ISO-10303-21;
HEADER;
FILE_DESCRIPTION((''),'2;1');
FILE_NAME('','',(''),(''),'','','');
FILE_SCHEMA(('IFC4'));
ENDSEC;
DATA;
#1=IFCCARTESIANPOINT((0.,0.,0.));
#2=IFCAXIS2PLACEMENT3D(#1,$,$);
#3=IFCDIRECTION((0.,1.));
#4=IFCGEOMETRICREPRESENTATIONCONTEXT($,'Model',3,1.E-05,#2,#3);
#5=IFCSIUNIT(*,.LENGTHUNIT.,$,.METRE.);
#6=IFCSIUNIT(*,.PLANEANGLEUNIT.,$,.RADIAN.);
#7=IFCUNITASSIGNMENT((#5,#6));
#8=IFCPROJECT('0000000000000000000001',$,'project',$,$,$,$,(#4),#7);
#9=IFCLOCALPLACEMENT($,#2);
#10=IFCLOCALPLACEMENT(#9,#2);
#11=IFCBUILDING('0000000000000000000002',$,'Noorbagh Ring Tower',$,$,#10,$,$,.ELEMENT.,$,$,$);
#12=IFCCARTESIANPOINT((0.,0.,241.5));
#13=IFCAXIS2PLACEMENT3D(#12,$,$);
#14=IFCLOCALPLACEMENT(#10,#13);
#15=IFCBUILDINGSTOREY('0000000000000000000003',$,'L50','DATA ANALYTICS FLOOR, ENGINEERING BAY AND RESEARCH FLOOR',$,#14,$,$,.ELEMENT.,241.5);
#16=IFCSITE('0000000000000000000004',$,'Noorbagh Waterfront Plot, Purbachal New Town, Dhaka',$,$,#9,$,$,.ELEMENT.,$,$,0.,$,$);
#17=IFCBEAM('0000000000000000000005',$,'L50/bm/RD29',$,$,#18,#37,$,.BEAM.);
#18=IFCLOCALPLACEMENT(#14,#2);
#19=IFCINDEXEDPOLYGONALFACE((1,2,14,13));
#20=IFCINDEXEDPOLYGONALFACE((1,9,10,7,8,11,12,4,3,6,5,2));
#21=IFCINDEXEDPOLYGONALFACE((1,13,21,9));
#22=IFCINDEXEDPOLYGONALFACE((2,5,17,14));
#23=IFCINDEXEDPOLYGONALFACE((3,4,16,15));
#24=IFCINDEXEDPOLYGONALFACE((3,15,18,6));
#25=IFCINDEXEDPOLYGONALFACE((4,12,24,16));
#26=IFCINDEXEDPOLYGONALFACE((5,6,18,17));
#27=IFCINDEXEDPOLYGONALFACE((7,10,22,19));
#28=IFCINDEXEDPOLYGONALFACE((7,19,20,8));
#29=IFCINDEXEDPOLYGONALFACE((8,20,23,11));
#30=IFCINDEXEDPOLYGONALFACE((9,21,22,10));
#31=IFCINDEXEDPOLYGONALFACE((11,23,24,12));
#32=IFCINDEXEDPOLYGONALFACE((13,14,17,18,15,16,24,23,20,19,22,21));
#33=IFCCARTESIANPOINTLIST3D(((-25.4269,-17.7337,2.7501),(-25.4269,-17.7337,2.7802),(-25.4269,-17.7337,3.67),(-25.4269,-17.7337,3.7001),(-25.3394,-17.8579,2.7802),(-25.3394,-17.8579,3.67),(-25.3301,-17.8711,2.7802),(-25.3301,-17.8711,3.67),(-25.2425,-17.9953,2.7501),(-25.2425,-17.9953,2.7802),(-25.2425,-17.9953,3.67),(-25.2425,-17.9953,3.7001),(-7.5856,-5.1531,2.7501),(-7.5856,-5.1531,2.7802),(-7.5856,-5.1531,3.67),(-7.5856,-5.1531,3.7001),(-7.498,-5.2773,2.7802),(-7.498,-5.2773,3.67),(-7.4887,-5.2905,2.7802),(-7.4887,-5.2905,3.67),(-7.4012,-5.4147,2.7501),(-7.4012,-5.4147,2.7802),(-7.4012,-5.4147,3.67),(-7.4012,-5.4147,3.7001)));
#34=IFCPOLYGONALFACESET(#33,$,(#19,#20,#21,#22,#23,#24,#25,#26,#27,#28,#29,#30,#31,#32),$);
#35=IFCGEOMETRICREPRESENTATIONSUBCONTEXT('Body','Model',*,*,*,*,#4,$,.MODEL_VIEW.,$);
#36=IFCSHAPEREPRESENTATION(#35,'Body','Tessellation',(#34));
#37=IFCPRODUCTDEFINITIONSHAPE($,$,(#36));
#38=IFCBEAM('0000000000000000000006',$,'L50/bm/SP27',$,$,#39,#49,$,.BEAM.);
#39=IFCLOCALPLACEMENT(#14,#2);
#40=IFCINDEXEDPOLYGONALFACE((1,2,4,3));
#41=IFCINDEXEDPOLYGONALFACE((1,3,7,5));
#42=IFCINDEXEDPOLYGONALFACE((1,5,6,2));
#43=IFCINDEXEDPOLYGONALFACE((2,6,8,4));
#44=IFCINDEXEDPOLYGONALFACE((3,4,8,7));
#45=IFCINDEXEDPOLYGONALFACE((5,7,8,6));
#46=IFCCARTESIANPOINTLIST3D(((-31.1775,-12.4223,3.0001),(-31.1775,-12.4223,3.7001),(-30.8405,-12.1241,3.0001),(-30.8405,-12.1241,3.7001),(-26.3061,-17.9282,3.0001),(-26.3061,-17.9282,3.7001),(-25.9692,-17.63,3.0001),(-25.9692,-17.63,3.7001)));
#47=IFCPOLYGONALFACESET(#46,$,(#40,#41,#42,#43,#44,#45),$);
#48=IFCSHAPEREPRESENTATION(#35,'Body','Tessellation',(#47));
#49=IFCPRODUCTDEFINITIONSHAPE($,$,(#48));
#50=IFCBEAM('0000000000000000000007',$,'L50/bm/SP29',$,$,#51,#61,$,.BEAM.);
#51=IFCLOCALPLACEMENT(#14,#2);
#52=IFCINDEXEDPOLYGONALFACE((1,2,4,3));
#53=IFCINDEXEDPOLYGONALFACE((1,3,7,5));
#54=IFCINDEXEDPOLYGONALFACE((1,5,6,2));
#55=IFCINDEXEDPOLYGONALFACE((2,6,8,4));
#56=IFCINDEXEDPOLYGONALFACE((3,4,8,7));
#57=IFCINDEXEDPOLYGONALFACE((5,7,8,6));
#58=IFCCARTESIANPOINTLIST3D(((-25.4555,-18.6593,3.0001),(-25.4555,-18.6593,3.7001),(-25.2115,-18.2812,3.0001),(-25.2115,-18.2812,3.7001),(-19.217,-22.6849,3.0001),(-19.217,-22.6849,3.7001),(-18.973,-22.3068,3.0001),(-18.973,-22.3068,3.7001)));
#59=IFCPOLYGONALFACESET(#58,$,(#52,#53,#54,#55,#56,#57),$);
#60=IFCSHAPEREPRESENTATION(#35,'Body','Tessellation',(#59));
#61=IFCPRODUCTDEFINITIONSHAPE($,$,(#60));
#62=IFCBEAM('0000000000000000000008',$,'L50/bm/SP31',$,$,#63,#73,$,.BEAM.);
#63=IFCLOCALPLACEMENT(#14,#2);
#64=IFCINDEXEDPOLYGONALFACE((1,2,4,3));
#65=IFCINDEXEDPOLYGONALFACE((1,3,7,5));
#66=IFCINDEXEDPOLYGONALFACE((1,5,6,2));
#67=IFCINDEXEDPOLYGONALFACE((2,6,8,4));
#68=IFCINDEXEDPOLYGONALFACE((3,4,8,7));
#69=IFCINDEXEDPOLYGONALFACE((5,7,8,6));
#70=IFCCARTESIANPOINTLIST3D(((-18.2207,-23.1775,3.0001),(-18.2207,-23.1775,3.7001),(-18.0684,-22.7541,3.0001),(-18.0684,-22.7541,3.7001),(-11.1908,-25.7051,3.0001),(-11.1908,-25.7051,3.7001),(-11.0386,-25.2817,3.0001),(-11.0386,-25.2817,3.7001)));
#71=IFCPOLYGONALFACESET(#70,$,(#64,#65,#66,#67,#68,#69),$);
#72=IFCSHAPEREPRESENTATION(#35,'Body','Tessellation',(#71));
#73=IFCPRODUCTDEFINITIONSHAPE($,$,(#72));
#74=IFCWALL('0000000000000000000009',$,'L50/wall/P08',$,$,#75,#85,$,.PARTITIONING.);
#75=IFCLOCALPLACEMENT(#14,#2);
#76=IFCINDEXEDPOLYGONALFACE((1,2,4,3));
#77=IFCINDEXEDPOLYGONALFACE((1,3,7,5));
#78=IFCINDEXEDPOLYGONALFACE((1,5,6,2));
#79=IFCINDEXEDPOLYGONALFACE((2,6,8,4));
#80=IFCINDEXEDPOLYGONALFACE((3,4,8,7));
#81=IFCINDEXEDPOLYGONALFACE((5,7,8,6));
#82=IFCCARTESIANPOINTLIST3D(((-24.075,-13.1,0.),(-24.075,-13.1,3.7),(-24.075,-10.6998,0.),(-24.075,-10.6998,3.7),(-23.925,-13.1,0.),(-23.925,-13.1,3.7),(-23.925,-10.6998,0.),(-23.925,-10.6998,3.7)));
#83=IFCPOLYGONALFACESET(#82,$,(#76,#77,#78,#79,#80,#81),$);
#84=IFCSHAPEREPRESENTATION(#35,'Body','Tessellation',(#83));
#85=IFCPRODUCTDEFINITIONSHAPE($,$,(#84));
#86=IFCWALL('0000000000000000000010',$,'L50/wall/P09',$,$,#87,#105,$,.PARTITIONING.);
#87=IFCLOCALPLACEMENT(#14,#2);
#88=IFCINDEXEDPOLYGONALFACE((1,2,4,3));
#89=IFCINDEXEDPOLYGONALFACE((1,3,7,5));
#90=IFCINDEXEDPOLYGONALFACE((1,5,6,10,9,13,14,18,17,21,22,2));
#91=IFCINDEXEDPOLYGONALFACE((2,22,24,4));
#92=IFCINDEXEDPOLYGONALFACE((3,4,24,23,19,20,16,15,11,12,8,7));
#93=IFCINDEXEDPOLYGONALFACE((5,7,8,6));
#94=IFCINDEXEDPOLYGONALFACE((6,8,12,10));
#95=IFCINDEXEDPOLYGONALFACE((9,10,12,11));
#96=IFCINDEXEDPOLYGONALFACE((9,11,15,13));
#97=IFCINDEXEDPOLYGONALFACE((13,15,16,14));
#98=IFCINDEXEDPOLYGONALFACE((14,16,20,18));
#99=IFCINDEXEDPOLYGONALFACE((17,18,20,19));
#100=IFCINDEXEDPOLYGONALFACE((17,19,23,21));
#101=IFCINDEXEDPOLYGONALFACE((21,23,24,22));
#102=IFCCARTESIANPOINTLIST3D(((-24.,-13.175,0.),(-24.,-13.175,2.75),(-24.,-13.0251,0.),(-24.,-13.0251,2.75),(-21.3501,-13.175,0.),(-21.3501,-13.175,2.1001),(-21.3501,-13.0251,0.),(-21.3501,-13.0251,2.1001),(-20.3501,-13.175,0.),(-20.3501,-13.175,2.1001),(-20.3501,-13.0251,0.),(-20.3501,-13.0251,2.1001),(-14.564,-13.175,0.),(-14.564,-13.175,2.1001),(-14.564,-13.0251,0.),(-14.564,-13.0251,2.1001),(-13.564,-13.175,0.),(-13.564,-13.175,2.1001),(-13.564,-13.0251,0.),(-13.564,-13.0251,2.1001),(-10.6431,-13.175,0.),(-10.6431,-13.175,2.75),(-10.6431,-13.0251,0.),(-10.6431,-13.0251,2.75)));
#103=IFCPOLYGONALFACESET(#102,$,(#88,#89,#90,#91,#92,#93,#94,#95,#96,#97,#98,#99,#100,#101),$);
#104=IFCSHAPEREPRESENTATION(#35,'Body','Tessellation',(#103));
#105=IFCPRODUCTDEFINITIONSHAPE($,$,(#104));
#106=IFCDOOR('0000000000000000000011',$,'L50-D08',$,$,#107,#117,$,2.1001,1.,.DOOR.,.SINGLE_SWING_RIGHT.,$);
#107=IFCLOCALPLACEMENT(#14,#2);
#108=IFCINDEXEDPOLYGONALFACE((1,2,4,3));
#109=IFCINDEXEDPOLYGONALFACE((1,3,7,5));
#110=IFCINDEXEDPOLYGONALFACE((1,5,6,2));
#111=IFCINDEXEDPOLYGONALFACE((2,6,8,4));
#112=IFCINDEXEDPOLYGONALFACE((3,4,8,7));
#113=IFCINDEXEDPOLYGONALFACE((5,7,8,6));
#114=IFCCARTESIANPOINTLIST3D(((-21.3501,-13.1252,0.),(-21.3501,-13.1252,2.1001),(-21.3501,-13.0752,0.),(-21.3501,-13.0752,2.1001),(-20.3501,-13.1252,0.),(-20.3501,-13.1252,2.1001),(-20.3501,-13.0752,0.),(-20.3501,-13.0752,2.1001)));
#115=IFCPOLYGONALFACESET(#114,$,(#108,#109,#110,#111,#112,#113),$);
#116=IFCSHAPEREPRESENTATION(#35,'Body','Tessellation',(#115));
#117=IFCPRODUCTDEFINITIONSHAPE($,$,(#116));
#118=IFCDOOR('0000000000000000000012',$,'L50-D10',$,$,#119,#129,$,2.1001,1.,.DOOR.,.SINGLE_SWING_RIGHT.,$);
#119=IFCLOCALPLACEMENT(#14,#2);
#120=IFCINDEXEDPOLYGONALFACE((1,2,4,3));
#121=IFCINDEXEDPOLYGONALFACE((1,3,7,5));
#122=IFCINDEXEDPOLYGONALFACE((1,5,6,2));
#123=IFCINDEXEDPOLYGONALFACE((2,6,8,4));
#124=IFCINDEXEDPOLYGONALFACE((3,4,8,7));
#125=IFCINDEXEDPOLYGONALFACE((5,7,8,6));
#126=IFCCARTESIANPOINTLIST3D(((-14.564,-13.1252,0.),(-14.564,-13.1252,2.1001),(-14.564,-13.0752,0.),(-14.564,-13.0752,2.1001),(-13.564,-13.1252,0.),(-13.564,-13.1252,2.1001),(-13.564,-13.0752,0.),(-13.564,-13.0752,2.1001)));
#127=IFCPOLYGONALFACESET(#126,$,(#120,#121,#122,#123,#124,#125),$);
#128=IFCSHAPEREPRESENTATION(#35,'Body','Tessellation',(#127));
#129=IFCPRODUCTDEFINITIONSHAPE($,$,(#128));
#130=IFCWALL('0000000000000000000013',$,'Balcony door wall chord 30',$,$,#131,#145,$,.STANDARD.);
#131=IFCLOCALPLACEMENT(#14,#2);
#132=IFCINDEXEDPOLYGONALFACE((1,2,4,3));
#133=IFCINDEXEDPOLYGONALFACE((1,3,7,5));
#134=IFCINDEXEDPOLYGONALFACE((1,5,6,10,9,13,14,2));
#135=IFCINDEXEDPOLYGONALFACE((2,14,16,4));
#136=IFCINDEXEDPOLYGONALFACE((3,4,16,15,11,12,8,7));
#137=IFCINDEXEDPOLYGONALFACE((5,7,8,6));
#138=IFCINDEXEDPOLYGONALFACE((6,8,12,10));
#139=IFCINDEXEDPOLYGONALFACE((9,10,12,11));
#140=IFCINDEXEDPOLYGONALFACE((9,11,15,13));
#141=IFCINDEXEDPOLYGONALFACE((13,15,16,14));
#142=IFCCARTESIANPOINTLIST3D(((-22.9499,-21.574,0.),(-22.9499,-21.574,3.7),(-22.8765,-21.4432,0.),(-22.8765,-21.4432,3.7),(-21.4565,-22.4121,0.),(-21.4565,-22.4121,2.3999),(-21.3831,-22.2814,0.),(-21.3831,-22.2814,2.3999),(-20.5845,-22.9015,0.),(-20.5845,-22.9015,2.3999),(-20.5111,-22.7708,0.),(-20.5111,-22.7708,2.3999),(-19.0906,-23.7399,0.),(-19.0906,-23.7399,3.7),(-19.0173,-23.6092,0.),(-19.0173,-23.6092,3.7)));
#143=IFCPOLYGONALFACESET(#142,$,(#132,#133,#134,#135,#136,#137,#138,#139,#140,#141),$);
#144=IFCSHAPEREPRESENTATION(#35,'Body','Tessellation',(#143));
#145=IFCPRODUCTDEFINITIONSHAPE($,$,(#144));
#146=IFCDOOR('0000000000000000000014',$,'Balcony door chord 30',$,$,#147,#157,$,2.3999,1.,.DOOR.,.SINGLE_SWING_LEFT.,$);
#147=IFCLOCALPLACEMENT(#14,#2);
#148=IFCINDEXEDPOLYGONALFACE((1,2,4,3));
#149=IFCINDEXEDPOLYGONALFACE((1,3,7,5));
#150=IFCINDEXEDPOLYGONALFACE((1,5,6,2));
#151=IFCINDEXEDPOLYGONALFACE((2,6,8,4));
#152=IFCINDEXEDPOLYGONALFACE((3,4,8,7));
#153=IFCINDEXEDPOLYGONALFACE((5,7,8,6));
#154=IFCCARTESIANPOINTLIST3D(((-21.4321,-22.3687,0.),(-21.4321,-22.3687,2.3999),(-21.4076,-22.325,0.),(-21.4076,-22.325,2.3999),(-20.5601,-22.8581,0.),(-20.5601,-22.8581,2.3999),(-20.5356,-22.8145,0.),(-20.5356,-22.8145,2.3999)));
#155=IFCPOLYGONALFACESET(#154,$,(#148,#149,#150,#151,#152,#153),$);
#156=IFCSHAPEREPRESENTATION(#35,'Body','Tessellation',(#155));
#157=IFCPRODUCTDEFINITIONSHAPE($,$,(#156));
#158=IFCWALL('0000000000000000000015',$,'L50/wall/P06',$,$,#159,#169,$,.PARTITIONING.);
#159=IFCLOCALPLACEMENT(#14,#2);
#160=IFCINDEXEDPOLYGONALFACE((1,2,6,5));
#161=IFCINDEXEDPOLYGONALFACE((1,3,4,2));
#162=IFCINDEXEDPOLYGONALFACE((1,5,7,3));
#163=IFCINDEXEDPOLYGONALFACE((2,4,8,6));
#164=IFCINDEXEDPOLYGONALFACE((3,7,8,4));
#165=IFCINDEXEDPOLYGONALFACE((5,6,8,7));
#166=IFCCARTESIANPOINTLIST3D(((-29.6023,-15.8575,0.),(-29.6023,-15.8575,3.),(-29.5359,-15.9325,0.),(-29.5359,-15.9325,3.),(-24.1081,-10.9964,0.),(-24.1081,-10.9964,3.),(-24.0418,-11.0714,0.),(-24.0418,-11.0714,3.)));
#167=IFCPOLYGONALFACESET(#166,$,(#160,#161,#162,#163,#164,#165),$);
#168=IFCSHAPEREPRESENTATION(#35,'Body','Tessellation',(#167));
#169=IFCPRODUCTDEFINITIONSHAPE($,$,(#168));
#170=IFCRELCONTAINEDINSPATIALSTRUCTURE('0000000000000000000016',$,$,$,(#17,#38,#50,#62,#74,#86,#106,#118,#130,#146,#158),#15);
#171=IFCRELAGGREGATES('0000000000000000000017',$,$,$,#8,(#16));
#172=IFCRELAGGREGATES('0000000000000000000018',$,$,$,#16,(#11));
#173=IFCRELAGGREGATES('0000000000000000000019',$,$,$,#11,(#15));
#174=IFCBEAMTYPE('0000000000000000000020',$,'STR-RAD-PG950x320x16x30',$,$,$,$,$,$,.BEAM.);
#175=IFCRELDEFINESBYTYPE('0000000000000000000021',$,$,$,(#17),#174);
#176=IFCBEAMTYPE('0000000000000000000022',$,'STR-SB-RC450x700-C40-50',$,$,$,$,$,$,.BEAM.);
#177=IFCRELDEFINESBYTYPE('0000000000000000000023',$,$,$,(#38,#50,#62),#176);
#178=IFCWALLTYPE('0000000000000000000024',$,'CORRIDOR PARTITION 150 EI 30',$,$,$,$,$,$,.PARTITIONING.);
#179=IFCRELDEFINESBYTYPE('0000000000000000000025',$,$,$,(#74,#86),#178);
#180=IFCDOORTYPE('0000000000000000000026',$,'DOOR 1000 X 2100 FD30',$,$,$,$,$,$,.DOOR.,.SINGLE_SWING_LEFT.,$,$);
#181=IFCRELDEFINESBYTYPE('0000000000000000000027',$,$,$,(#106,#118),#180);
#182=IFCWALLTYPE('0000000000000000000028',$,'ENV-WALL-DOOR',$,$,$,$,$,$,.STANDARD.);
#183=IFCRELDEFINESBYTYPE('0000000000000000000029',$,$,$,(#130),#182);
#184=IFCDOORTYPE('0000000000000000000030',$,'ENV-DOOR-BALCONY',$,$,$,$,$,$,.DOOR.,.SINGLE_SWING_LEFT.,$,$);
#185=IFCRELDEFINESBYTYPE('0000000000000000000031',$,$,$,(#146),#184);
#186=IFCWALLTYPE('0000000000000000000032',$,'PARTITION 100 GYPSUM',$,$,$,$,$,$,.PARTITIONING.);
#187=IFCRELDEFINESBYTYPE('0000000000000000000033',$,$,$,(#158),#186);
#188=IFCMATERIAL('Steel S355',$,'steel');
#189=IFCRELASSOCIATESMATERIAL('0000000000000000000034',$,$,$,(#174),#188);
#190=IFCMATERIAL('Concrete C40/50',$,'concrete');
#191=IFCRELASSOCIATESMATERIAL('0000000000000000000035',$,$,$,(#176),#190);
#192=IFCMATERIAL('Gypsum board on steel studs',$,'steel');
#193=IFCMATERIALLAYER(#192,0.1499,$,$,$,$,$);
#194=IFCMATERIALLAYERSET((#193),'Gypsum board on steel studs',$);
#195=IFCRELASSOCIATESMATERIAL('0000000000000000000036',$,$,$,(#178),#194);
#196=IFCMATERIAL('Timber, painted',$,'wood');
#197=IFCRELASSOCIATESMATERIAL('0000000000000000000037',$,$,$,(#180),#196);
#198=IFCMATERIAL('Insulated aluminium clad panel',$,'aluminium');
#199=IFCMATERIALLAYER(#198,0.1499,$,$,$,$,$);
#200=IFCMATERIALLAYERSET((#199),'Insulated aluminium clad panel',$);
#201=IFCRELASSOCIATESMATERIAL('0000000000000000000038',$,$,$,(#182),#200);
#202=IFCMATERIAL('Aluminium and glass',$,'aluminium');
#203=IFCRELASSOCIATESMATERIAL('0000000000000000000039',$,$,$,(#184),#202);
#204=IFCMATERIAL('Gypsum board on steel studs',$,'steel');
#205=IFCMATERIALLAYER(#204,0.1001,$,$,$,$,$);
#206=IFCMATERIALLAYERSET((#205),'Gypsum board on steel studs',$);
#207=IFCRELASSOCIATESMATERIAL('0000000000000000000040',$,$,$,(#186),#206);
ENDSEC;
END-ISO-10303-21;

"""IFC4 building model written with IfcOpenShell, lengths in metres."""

from ifc_helpers import new_model, si_unit, direction, frame, frame_2d, origin, origin_2d, place, context, subcontext, project, spatial, rectangle, i_section, extrude, material, layer, layer_set, material_profile, profile_set, type_object, element, fill, save


model = new_model("IFC4")

# Units and contexts
model_context = context("Model", 3, precision=1e-05, world=origin(), true_north=direction((0.0, 1.0)))
body_context = subcontext(model_context, "Body", "Model", "MODEL_VIEW")
ifc_project = project(units=[si_unit("LENGTHUNIT", "METRE"), si_unit("PLANEANGLEUNIT", "RADIAN")], contexts=[model_context])

# Site, building, storey
site_placement = place(None, origin())
site = spatial("IfcSite", under=ifc_project, at=site_placement, Name="Noorbagh Waterfront Plot, Purbachal New Town, Dhaka", CompositionType="ELEMENT", RefElevation=0.0)
building_placement = place(site_placement, origin())
building = spatial("IfcBuilding", under=site, at=building_placement, Name="Noorbagh Ring Tower", CompositionType="ELEMENT")
storey_placement = place(building_placement, frame((0.0, 0.0, 241.5)))
storey = spatial("IfcBuildingStorey", under=building, at=storey_placement, Name="L50", Description="DATA ANALYTICS FLOOR, ENGINEERING BAY AND RESEARCH FLOOR", CompositionType="ELEMENT", Elevation=241.5)

# Beams
ifc_material_1 = material(Name="Steel S355", Category="steel")
ifc_material_profile_1 = material_profile(ifc_material_1, i_section(OverallWidth=0.3201, OverallDepth=0.95, WebThickness=0.0161, FlangeThickness=0.03, at=origin_2d()), Name="PG950x320x16x30")
ifc_profile_set_1 = profile_set([ifc_material_profile_1], Name="Steel S355")
beam_type_1 = type_object("IfcBeamType", Name="STR-RAD-PG950x320x16x30", PredefinedType="BEAM", material=ifc_profile_set_1)
beam_1_placement = place(storey_placement, frame((-25.3347, -17.8645, 3.2251), z_axis=(0.817255, 0.576277, 0.0), x_axis=(-0.576277, 0.817255, 0.0)))
element("IfcBeam", 1, at=beam_1_placement, inside=storey, type_object=beam_type_1, Name="L50/bm/RD29", PredefinedType="BEAM", context=body_context, shape_type="SweptSolid", body=[
    extrude(i_section(OverallWidth=0.3201, OverallDepth=0.95, WebThickness=0.0161, FlangeThickness=0.03, at=origin_2d()), origin(), (0.0, 0.0, 1.0), 21.8308),
])
ifc_material_2 = material(Name="Concrete C40/50", Category="concrete")
ifc_material_profile_2 = material_profile(ifc_material_2, rectangle(XDim=0.45, YDim=0.7, at=origin_2d()), Name="RC450x700")
ifc_profile_set_2 = profile_set([ifc_material_profile_2], Name="Concrete C40/50")
beam_type_2 = type_object("IfcBeamType", Name="STR-SB-RC450x700-C40-50", PredefinedType="BEAM", material=ifc_profile_set_2)
beam_2_placement = place(storey_placement, frame((-31.009, -12.2732, 3.3501), z_axis=(0.662633, -0.748945, 0.0), x_axis=(0.748945, 0.662633, 0.0)))
element("IfcBeam", 2, at=beam_2_placement, inside=storey, type_object=beam_type_2, Name="L50/bm/SP27", PredefinedType="BEAM", context=body_context, shape_type="SweptSolid", body=[
    extrude(rectangle(XDim=0.45, YDim=0.7, at=origin_2d()), origin(), (0.0, 0.0, 1.0), 7.3516),
])
beam_3_placement = place(storey_placement, frame((-25.3335, -18.4702, 3.3501), z_axis=(0.840249, -0.542201, 0.0), x_axis=(0.542201, 0.840249, 0.0)))
element("IfcBeam", 3, at=beam_3_placement, inside=storey, type_object=beam_type_2, Name="L50/bm/SP29", PredefinedType="BEAM", context=body_context, shape_type="SweptSolid", body=[
    extrude(rectangle(XDim=0.45, YDim=0.7, at=origin_2d()), origin(), (0.0, 0.0, 1.0), 7.4246),
])
beam_4_placement = place(storey_placement, frame((-18.1445, -22.9658, 3.3501), z_axis=(0.941021, -0.338348, 0.0), x_axis=(0.338348, 0.941021, 0.0)))
element("IfcBeam", 4, at=beam_4_placement, inside=storey, type_object=beam_type_2, Name="L50/bm/SP31", PredefinedType="BEAM", context=body_context, shape_type="SweptSolid", body=[
    extrude(rectangle(XDim=0.45, YDim=0.7, at=origin_2d()), origin(), (0.0, 0.0, 1.0), 7.4705),
])

# Wall
ifc_material_3 = material(Name="Gypsum board on steel studs", Category="steel")
ifc_layer_1 = layer(ifc_material_3, 0.1499)
ifc_layer_set_1 = layer_set([ifc_layer_1], Name="Gypsum board on steel studs")
wall_type_1 = type_object("IfcWallType", Name="CORRIDOR PARTITION 150 EI 30", PredefinedType="PARTITIONING", material=ifc_layer_set_1)
wall_1_placement = place(storey_placement, frame((-24.0, -13.1001, 0.0), z_axis=(0.0, 0.0, 1.0), x_axis=(0.0, 1.0, 0.0)))
element("IfcWall", 5, at=wall_1_placement, inside=storey, type_object=wall_type_1, Name="L50/wall/P08", PredefinedType="PARTITIONING", context=body_context, shape_type="SweptSolid", body=[
    extrude(rectangle(XDim=2.4001, YDim=0.1499, at=frame_2d((1.2002, 0.0))), origin(), (0.0, 0.0, 1.0), 3.7),
])

# Wall, openings, doors
wall_2_placement = place(storey_placement, frame((-24.0, -13.1001, 0.0), z_axis=(0.0, 0.0, 1.0), x_axis=(1.0, 0.0, 0.0)))
wall_2 = element("IfcWall", 6, at=wall_2_placement, inside=storey, type_object=wall_type_1, Name="L50/wall/P09", PredefinedType="PARTITIONING", context=body_context, shape_type="SweptSolid", body=[
    extrude(rectangle(XDim=13.3569, YDim=0.1499, at=frame_2d((6.6785, 0.0))), origin(), (0.0, 0.0, 1.0), 2.75),
])
opening_1_placement = place(wall_2_placement, frame((2.6499, 0.0, 0.0)))
opening_1 = element("IfcOpeningElement", 7, at=opening_1_placement, cuts=wall_2, PredefinedType="OPENING", context=body_context, shape_type="SweptSolid", body=[
    extrude(rectangle(XDim=1.0, YDim=2.1001, at=frame_2d((0.5, 1.05))), frame((0.0, 0.085, 0.0), z_axis=(0.0, -1.0, 0.0), x_axis=(1.0, 0.0, 0.0)), (0.0, 0.0, 1.0), 0.1699),
])
opening_2_placement = place(wall_2_placement, frame((9.436, 0.0, 0.0)))
opening_2 = element("IfcOpeningElement", 8, at=opening_2_placement, cuts=wall_2, PredefinedType="OPENING", context=body_context, shape_type="SweptSolid", body=[
    extrude(rectangle(XDim=1.0, YDim=2.1001, at=frame_2d((0.5, 1.05))), frame((0.0, 0.085, 0.0), z_axis=(0.0, -1.0, 0.0), x_axis=(1.0, 0.0, 0.0)), (0.0, 0.0, 1.0), 0.1699),
])
ifc_material_4 = material(Name="Timber, painted", Category="wood")
door_type_1 = type_object("IfcDoorType", Name="DOOR 1000 X 2100 FD30", OperationType="SINGLE_SWING_LEFT", PredefinedType="DOOR", material=ifc_material_4)
door_1_placement = place(opening_1_placement, origin())
door_1 = element("IfcDoor", 9, at=door_1_placement, inside=storey, type_object=door_type_1, Name="L50-D08", OperationType="SINGLE_SWING_RIGHT", OverallHeight=2.1001, OverallWidth=1.0, PredefinedType="DOOR", context=body_context, shape_type="SweptSolid", body=[
    extrude(rectangle(XDim=1.0, YDim=2.1001, at=frame_2d((0.5, 1.05))), frame((0.0, 0.0249, 0.0), z_axis=(0.0, -1.0, 0.0), x_axis=(1.0, 0.0, 0.0)), (0.0, 0.0, 1.0), 0.05),
])
fill(opening_1, door_1)
door_2_placement = place(opening_2_placement, origin())
door_2 = element("IfcDoor", 10, at=door_2_placement, inside=storey, type_object=door_type_1, Name="L50-D10", OperationType="SINGLE_SWING_RIGHT", OverallHeight=2.1001, OverallWidth=1.0, PredefinedType="DOOR", context=body_context, shape_type="SweptSolid", body=[
    extrude(rectangle(XDim=1.0, YDim=2.1001, at=frame_2d((0.5, 1.05))), frame((0.0, 0.0249, 0.0), z_axis=(0.0, -1.0, 0.0), x_axis=(1.0, 0.0, 0.0)), (0.0, 0.0, 1.0), 0.05),
])
fill(opening_2, door_2)

# Wall, opening, door
ifc_material_5 = material(Name="Insulated aluminium clad panel", Category="aluminium")
ifc_layer_2 = layer(ifc_material_5, 0.1499)
ifc_layer_set_2 = layer_set([ifc_layer_2], Name="Insulated aluminium clad panel")
wall_type_2 = type_object("IfcWallType", Name="ENV-WALL-DOOR", PredefinedType="STANDARD", material=ifc_layer_set_2)
wall_3_placement = place(storey_placement, frame((-22.9133, -21.5085, 0.0), z_axis=(0.0, 0.0, 1.0), x_axis=(0.872047, -0.489423, 0.0)))
wall_3 = element("IfcWall", 11, at=wall_3_placement, inside=storey, type_object=wall_type_2, Name="Balcony door wall chord 30", PredefinedType="STANDARD", context=body_context, shape_type="SweptSolid", body=[
    extrude(rectangle(XDim=4.4255, YDim=0.1499, at=frame_2d((2.2129, 0.0))), origin(), (0.0, 0.0, 1.0), 3.7),
])
opening_3_placement = place(wall_3_placement, frame((1.7126, 0.0, 0.0)))
opening_3 = element("IfcOpeningElement", 12, at=opening_3_placement, cuts=wall_3, PredefinedType="OPENING", context=body_context, shape_type="SweptSolid", body=[
    extrude(rectangle(XDim=1.0, YDim=2.3999, at=frame_2d((0.5, 1.2))), frame((0.0, 0.085, 0.0), z_axis=(0.0, -1.0, 0.0), x_axis=(1.0, 0.0, 0.0)), (0.0, 0.0, 1.0), 0.1699),
])
ifc_material_6 = material(Name="Aluminium and glass", Category="aluminium")
door_type_2 = type_object("IfcDoorType", Name="ENV-DOOR-BALCONY", OperationType="SINGLE_SWING_LEFT", PredefinedType="DOOR", material=ifc_material_6)
door_3_placement = place(opening_3_placement, origin())
door_3 = element("IfcDoor", 13, at=door_3_placement, inside=storey, type_object=door_type_2, Name="Balcony door chord 30", OperationType="SINGLE_SWING_LEFT", OverallHeight=2.3999, OverallWidth=1.0, PredefinedType="DOOR", context=body_context, shape_type="SweptSolid", body=[
    extrude(rectangle(XDim=1.0, YDim=2.3999, at=frame_2d((0.5, 1.2))), frame((0.0, 0.0249, 0.0), z_axis=(0.0, -1.0, 0.0), x_axis=(1.0, 0.0, 0.0)), (0.0, 0.0, 1.0), 0.05),
])
fill(opening_3, door_3)

# Wall
ifc_material_7 = material(Name="Gypsum board on steel studs", Category="steel")
ifc_layer_3 = layer(ifc_material_7, 0.1001)
ifc_layer_set_3 = layer_set([ifc_layer_3], Name="Gypsum board on steel studs")
wall_type_3 = type_object("IfcWallType", Name="PARTITION 100 GYPSUM", PredefinedType="PARTITIONING", material=ifc_layer_set_3)
wall_4_placement = place(storey_placement, frame((-29.5691, -15.895, 0.0), z_axis=(0.0, 0.0, 1.0), x_axis=(0.748937, 0.662641, 0.0)))
element("IfcWall", 14, at=wall_4_placement, inside=storey, type_object=wall_type_3, Name="L50/wall/P06", PredefinedType="PARTITIONING", context=body_context, shape_type="SweptSolid", body=[
    extrude(rectangle(XDim=7.3359, YDim=0.1001, at=frame_2d((3.668, 0.0))), origin(), (0.0, 0.0, 1.0), 3.0),
])

save(model, "model.ifc")
